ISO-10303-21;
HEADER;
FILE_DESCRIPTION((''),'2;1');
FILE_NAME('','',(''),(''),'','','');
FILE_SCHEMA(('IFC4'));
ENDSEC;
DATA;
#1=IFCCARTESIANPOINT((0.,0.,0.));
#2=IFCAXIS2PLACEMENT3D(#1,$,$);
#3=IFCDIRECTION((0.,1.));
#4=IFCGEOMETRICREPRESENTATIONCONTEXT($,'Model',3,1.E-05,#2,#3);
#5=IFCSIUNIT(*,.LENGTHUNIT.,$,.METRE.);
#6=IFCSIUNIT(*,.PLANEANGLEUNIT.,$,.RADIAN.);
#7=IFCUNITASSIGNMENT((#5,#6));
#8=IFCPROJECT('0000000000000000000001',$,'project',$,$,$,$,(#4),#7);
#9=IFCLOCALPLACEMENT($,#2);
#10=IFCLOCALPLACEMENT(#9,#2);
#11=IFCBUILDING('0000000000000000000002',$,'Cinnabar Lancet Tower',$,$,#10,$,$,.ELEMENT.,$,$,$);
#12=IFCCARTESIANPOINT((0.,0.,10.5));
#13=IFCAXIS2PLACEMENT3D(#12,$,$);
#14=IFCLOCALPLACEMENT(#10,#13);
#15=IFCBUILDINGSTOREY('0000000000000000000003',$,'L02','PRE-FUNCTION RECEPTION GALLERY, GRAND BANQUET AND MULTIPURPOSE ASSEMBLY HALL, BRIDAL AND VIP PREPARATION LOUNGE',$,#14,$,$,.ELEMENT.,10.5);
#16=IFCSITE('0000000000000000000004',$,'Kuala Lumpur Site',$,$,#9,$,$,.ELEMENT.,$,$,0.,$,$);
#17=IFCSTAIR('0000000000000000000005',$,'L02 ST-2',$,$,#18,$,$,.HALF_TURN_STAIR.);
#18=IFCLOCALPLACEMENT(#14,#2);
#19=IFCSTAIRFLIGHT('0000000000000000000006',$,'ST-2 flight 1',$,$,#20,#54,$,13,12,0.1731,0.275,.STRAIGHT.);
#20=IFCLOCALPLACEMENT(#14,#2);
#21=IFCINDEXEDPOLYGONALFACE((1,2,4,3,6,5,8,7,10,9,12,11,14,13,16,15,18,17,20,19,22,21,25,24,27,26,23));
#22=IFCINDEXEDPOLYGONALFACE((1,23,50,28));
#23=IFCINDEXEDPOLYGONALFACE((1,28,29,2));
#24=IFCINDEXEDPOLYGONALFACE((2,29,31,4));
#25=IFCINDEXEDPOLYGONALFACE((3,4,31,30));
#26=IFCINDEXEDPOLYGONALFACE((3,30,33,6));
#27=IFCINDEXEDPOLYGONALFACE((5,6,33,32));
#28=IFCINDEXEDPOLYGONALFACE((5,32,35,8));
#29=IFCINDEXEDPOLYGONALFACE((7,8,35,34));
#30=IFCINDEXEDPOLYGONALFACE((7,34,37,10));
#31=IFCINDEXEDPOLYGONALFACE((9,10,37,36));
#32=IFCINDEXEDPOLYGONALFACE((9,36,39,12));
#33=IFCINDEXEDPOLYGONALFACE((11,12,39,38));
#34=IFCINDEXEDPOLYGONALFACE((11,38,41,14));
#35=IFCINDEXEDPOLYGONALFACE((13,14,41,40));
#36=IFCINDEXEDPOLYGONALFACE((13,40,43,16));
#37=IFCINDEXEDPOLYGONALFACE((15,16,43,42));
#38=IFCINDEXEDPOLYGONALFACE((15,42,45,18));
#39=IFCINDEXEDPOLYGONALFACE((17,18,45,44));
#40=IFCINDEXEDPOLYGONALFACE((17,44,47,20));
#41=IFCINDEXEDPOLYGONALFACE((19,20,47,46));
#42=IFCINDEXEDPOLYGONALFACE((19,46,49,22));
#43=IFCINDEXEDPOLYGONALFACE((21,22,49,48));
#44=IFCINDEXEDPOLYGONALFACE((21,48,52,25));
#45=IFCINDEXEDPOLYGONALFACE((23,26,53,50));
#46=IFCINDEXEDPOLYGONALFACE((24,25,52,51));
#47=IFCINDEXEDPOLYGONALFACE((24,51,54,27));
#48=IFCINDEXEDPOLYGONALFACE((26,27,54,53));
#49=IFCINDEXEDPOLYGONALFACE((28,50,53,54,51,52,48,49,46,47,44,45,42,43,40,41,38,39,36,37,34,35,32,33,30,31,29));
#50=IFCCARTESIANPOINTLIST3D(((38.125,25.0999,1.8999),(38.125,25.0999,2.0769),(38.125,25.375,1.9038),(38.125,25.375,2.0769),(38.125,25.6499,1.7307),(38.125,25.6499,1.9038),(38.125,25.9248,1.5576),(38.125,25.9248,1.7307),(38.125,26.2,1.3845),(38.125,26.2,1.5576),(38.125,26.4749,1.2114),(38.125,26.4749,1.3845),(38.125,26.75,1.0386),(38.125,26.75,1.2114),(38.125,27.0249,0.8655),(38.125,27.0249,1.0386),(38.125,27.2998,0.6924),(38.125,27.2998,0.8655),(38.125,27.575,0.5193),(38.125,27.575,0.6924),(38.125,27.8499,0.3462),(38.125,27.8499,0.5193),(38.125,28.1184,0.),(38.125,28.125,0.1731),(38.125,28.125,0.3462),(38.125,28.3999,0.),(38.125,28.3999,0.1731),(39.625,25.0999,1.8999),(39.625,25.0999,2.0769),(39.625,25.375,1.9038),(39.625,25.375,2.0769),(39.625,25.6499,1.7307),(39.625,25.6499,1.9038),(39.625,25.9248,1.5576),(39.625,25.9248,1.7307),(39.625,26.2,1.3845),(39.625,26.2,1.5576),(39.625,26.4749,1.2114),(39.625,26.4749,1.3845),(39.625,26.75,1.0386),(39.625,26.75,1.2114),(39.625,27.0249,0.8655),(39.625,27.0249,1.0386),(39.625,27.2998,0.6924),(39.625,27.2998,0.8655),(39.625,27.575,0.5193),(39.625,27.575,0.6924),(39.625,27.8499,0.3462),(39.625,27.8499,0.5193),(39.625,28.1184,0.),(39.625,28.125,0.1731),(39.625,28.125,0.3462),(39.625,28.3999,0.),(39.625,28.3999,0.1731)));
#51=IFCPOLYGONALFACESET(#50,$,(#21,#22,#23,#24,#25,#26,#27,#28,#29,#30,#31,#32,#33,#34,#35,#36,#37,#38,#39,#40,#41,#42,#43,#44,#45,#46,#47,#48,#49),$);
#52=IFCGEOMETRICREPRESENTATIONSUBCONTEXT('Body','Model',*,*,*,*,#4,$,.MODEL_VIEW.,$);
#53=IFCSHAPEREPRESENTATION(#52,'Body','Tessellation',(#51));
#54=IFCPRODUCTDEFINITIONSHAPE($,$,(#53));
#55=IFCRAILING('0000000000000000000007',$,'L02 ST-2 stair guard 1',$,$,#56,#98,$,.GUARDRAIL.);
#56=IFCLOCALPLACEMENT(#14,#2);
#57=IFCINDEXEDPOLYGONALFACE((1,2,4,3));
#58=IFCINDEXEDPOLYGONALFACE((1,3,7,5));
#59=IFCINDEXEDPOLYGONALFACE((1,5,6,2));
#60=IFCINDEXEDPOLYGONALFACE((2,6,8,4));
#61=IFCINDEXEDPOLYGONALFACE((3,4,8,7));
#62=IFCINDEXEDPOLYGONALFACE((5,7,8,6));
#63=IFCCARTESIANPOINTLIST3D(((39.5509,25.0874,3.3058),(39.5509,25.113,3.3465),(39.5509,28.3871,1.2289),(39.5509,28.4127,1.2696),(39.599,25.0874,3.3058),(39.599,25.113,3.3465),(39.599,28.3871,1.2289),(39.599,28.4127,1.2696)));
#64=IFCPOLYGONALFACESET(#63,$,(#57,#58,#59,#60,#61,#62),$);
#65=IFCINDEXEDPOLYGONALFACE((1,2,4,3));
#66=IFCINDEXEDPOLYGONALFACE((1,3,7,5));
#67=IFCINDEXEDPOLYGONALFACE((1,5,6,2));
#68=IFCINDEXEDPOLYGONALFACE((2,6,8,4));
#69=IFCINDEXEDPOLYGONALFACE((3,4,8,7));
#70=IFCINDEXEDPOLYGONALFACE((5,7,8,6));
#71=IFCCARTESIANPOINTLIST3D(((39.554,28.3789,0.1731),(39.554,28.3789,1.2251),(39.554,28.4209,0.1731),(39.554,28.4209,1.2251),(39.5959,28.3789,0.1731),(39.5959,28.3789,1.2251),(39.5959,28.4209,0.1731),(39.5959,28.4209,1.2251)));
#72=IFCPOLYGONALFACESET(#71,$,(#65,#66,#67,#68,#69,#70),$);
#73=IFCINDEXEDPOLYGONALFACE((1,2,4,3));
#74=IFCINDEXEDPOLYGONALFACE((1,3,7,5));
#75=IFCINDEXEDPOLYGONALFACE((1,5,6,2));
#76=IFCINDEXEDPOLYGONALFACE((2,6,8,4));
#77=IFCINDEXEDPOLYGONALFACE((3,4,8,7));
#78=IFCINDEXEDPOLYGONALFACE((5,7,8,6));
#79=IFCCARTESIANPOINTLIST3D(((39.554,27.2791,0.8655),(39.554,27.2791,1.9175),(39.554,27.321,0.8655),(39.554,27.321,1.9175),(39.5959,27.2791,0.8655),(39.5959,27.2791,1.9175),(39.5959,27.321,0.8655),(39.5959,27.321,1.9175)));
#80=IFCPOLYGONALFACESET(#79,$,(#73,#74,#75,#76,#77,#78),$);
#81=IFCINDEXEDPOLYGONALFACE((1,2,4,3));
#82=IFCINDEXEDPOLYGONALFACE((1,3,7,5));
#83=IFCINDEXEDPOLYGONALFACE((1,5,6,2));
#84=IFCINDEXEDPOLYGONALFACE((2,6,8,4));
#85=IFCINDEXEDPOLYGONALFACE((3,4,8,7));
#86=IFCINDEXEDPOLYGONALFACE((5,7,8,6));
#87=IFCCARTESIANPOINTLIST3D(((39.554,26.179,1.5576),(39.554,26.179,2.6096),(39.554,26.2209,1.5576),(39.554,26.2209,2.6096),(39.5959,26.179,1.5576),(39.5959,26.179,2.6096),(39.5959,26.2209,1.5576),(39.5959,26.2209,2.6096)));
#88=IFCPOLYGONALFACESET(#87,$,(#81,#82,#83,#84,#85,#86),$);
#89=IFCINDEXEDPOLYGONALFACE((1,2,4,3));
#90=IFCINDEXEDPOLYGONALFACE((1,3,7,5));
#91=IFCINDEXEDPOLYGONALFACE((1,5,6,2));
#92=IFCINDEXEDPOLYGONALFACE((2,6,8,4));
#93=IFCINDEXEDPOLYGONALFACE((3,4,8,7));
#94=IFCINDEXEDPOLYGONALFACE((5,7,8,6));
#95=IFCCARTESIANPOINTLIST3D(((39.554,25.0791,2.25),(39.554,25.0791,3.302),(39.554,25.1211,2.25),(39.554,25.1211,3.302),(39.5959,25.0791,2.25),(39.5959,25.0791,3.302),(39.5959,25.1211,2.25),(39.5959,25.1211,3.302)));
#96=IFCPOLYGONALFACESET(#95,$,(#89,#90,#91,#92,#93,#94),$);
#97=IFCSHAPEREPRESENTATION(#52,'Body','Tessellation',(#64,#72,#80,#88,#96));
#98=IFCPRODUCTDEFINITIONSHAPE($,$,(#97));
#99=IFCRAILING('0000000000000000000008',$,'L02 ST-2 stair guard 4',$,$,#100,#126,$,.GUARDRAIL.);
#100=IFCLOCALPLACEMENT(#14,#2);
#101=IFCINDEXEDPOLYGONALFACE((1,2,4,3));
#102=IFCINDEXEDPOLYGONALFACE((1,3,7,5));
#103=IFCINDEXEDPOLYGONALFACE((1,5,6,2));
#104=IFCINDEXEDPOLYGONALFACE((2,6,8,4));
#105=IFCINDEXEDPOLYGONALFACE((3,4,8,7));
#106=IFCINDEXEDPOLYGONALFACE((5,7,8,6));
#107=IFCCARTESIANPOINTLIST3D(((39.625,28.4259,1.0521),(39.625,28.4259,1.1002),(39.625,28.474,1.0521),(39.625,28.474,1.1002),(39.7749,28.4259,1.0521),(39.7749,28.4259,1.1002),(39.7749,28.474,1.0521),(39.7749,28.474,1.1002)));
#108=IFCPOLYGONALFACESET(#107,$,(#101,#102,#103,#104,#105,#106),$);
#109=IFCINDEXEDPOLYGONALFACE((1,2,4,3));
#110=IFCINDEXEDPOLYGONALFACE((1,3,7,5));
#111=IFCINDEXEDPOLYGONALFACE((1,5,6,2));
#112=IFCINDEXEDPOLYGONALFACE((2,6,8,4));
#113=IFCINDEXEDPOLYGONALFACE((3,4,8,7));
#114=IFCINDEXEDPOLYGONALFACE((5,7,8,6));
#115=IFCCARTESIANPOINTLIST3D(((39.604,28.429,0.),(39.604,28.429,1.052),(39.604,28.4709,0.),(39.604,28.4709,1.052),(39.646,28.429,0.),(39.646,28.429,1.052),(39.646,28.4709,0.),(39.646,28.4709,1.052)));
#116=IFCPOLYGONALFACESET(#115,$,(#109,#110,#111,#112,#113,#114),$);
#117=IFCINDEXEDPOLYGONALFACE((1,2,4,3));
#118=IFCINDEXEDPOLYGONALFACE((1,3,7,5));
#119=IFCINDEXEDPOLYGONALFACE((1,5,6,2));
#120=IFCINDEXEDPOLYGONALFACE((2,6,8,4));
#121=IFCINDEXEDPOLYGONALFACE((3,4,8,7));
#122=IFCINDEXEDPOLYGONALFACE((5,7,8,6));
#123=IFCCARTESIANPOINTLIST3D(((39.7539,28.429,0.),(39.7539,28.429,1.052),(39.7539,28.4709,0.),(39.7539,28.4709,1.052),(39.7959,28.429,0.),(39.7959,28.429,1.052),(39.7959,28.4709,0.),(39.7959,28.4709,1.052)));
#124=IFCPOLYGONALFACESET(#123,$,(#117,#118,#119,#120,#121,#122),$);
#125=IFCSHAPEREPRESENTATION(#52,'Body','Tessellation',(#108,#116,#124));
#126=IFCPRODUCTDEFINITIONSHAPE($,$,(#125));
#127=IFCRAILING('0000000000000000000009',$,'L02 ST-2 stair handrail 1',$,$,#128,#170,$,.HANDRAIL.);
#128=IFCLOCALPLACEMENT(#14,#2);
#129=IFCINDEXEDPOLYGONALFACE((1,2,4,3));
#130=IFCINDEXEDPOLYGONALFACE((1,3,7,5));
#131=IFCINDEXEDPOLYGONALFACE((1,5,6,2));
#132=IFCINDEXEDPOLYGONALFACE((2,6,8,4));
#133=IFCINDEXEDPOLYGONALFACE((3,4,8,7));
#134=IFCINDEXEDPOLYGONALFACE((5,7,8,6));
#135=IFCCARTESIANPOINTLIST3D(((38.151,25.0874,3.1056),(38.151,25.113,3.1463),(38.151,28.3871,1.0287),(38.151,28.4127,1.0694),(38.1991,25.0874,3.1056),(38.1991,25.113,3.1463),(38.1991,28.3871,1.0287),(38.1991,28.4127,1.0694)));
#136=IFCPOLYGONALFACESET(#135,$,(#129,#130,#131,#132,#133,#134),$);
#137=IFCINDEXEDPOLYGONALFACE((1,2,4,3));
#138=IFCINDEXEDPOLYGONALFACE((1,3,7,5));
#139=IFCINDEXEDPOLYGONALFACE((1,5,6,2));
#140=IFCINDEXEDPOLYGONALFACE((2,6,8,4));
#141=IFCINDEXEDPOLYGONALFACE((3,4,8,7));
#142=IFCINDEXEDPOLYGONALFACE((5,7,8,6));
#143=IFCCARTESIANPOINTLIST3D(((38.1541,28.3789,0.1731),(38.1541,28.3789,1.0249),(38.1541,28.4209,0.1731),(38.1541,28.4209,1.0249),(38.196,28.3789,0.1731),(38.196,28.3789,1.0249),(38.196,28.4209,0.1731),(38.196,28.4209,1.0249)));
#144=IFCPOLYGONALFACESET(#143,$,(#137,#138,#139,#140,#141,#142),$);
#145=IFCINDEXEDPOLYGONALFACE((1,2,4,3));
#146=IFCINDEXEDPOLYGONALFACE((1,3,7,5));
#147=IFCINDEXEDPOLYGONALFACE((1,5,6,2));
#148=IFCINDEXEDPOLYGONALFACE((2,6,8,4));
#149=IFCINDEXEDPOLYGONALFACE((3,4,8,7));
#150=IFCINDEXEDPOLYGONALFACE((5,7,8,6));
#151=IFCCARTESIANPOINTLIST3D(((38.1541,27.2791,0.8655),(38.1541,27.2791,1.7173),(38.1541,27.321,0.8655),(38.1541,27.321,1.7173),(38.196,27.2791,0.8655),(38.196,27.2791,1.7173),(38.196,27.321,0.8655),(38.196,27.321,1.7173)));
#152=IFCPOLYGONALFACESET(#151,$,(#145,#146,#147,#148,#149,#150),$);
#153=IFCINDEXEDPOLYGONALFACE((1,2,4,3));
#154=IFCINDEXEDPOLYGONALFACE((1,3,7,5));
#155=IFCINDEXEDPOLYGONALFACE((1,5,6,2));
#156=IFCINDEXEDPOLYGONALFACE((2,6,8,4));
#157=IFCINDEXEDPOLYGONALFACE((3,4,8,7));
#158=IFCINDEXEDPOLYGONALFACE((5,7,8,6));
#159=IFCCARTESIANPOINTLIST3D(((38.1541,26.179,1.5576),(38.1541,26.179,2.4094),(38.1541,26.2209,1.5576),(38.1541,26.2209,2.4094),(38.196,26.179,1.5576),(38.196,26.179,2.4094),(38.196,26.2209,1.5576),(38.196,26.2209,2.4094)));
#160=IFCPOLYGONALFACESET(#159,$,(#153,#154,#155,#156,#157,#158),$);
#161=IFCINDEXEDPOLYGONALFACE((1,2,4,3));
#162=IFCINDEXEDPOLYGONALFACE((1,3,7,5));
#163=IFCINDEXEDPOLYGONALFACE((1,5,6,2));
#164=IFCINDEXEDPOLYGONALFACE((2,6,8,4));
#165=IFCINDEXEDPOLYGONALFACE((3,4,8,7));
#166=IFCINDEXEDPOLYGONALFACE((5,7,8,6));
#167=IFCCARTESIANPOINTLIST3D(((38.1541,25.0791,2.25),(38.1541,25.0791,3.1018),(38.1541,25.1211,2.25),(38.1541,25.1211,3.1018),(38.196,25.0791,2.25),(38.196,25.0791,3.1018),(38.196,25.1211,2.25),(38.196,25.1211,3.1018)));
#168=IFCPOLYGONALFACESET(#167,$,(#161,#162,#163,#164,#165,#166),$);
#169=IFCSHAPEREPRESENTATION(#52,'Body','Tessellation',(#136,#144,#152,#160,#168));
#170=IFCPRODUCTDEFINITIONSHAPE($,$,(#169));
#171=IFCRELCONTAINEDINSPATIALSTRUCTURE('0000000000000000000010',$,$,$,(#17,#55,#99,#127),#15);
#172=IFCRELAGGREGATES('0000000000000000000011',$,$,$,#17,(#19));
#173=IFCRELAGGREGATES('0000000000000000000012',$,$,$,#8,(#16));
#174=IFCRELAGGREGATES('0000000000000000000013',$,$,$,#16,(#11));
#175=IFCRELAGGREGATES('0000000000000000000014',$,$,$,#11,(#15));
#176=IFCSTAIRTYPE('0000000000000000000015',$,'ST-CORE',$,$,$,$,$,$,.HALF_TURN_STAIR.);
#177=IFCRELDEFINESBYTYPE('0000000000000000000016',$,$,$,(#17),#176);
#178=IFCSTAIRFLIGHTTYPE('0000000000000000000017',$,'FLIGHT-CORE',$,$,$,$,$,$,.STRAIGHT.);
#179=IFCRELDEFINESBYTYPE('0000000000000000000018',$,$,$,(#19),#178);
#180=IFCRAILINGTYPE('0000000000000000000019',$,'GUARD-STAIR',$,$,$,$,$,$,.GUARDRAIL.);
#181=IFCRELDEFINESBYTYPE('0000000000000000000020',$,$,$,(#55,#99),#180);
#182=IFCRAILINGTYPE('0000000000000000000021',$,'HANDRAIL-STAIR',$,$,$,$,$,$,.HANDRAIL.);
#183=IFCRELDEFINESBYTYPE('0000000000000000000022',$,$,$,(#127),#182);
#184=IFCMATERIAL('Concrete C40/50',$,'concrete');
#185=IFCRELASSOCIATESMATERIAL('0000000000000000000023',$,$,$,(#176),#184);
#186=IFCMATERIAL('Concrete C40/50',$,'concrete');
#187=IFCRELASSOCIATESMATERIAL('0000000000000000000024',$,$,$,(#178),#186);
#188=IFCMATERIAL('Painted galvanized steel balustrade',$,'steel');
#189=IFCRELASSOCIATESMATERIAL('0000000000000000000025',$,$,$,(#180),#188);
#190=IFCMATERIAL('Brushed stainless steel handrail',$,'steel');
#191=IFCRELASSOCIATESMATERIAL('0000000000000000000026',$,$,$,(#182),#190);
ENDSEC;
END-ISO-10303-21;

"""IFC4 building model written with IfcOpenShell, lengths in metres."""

from ifc_helpers import new_model, si_unit, direction, frame, origin, origin_2d, place, context, subcontext, project, spatial, polyline, rectangle, outline, extrude, material, type_object, element, aggregate, save


model = new_model("IFC4")

# Units and contexts
model_context = context("Model", 3, precision=1e-05, world=origin(), true_north=direction((0.0, 1.0)))
body_context = subcontext(model_context, "Body", "Model", "MODEL_VIEW")
ifc_project = project(units=[si_unit("LENGTHUNIT", "METRE"), si_unit("PLANEANGLEUNIT", "RADIAN")], contexts=[model_context])

# Site, building, storey
site_placement = place(None, origin())
site = spatial("IfcSite", under=ifc_project, at=site_placement, Name="Kuala Lumpur Site", CompositionType="ELEMENT", RefElevation=0.0)
building_placement = place(site_placement, origin())
building = spatial("IfcBuilding", under=site, at=building_placement, Name="Cinnabar Lancet Tower", CompositionType="ELEMENT")
storey_placement = place(building_placement, frame((0.0, 0.0, 10.5)))
storey = spatial("IfcBuildingStorey", under=building, at=storey_placement, Name="L02", Description="PRE-FUNCTION RECEPTION GALLERY, GRAND BANQUET AND MULTIPURPOSE ASSEMBLY HALL, BRIDAL AND VIP PREPARATION LOUNGE", CompositionType="ELEMENT", Elevation=10.5)

# Stair, stair flight
ifc_material_1 = material(Name="Concrete C40/50", Category="concrete")
stair_type = type_object("IfcStairType", Name="ST-CORE", PredefinedType="HALF_TURN_STAIR", material=ifc_material_1)
stair_placement = place(storey_placement, origin())
stair = element("IfcStair", 1, at=stair_placement, inside=storey, type_object=stair_type, Name="L02 ST-2", PredefinedType="HALF_TURN_STAIR")
ifc_material_2 = material(Name="Concrete C40/50", Category="concrete")
stair_flight_type = type_object("IfcStairFlightType", Name="FLIGHT-CORE", PredefinedType="STRAIGHT", material=ifc_material_2)
stair_flight_placement = place(storey_placement, frame((38.875, 28.3999, 0.0), z_axis=(0.0, 0.0, 1.0), x_axis=(0.0, -1.0, 0.0)))
stair_flight = element("IfcStairFlight", 2, at=stair_flight_placement, type_object=stair_flight_type, Name="ST-2 flight 1", NumberOfRisers=13, NumberOfTreads=12, PredefinedType="STRAIGHT", RiserHeight=0.1731, TreadLength=0.275, context=body_context, shape_type="SweptSolid", body=[
    extrude(outline(polyline([(0.0, 0.0), (0.0, 0.1731), (0.2749, 0.1731), (0.2749, 0.3462), (0.55, 0.3462), (0.55, 0.5193), (0.825, 0.5193), (0.825, 0.6924), (1.1001, 0.6924), (1.1001, 0.8655), (1.375, 0.8655), (1.375, 1.0386), (1.6499, 1.0386), (1.6499, 1.2114), (1.925, 1.2114), (1.925, 1.3845), (2.2, 1.3845), (2.2, 1.5576), (2.4751, 1.5576), (2.4751, 1.7307), (2.75, 1.7307), (2.75, 1.9038), (3.0249, 1.9038), (3.0249, 2.0769), (3.3, 2.0769), (3.3, 2.25), (3.3, 1.8999), (0.2815, 0.0), (0.0, 0.0)])), frame((0.0, 0.75, 0.0), z_axis=(0.0, -1.0, 0.0), x_axis=(1.0, 0.0, 0.0)), (0.0, 0.0, 1.0), 1.5),
])
aggregate(stair, [stair_flight])

# Railings
ifc_material_3 = material(Name="Painted galvanized steel balustrade", Category="steel")
railing_type_1 = type_object("IfcRailingType", Name="GUARD-STAIR", PredefinedType="GUARDRAIL", material=ifc_material_3)
railing_1_placement = place(storey_placement, frame((39.575, 28.3999, 0.1731)))
element("IfcRailing", 3, at=railing_1_placement, inside=storey, type_object=railing_type_1, Name="L02 ST-2 stair guard 1", PredefinedType="GUARDRAIL", context=body_context, shape_type="SweptSolid", body=[
    extrude(rectangle(XDim=0.0481, YDim=0.0481, at=origin_2d()), frame((0.0, 0.0, 1.0762), z_axis=(0.0, -0.84632, 0.532675), x_axis=(1.0, 0.0, 0.0)), (0.0, 0.0, 1.0), 3.8989),
    extrude(rectangle(XDim=0.042, YDim=0.042, at=origin_2d()), origin(), (0.0, 0.0, 1.0), 1.052),
    extrude(rectangle(XDim=0.042, YDim=0.042, at=origin_2d()), frame((0.0, -1.0999, 0.6924)), (0.0, 0.0, 1.0), 1.052),
    extrude(rectangle(XDim=0.042, YDim=0.042, at=origin_2d()), frame((0.0, -2.2, 1.3845)), (0.0, 0.0, 1.0), 1.052),
    extrude(rectangle(XDim=0.042, YDim=0.042, at=origin_2d()), frame((0.0, -3.2998, 2.0769)), (0.0, 0.0, 1.0), 1.052),
])
railing_2_placement = place(storey_placement, frame((39.625, 28.45, 0.0)))
element("IfcRailing", 4, at=railing_2_placement, inside=storey, type_object=railing_type_1, Name="L02 ST-2 stair guard 4", PredefinedType="GUARDRAIL", context=body_context, shape_type="SweptSolid", body=[
    extrude(rectangle(XDim=0.0481, YDim=0.0481, at=origin_2d()), frame((0.0, 0.0, 1.0762), z_axis=(1.0, 0.0, 0.0), x_axis=(0.0, 1.0, 0.0)), (0.0, 0.0, 1.0), 0.1499),
    extrude(rectangle(XDim=0.042, YDim=0.042, at=origin_2d()), origin(), (0.0, 0.0, 1.0), 1.052),
    extrude(rectangle(XDim=0.042, YDim=0.042, at=origin_2d()), frame((0.1499, 0.0, 0.0)), (0.0, 0.0, 1.0), 1.052),
])
ifc_material_4 = material(Name="Brushed stainless steel handrail", Category="steel")
railing_type_2 = type_object("IfcRailingType", Name="HANDRAIL-STAIR", PredefinedType="HANDRAIL", material=ifc_material_4)
railing_3_placement = place(storey_placement, frame((38.175, 28.3999, 0.1731)))
element("IfcRailing", 5, at=railing_3_placement, inside=storey, type_object=railing_type_2, Name="L02 ST-2 stair handrail 1", PredefinedType="HANDRAIL", context=body_context, shape_type="SweptSolid", body=[
    extrude(rectangle(XDim=0.0481, YDim=0.0481, at=origin_2d()), frame((0.0, 0.0, 0.876), z_axis=(0.0, -0.84632, 0.532675), x_axis=(1.0, 0.0, 0.0)), (0.0, 0.0, 1.0), 3.8989),
    extrude(rectangle(XDim=0.042, YDim=0.042, at=origin_2d()), origin(), (0.0, 0.0, 1.0), 0.8518),
    extrude(rectangle(XDim=0.042, YDim=0.042, at=origin_2d()), frame((0.0, -1.0999, 0.6924)), (0.0, 0.0, 1.0), 0.8518),
    extrude(rectangle(XDim=0.042, YDim=0.042, at=origin_2d()), frame((0.0, -2.2, 1.3845)), (0.0, 0.0, 1.0), 0.8518),
    extrude(rectangle(XDim=0.042, YDim=0.042, at=origin_2d()), frame((0.0, -3.2998, 2.0769)), (0.0, 0.0, 1.0), 0.8518),
])

save(model, "model.ifc")
